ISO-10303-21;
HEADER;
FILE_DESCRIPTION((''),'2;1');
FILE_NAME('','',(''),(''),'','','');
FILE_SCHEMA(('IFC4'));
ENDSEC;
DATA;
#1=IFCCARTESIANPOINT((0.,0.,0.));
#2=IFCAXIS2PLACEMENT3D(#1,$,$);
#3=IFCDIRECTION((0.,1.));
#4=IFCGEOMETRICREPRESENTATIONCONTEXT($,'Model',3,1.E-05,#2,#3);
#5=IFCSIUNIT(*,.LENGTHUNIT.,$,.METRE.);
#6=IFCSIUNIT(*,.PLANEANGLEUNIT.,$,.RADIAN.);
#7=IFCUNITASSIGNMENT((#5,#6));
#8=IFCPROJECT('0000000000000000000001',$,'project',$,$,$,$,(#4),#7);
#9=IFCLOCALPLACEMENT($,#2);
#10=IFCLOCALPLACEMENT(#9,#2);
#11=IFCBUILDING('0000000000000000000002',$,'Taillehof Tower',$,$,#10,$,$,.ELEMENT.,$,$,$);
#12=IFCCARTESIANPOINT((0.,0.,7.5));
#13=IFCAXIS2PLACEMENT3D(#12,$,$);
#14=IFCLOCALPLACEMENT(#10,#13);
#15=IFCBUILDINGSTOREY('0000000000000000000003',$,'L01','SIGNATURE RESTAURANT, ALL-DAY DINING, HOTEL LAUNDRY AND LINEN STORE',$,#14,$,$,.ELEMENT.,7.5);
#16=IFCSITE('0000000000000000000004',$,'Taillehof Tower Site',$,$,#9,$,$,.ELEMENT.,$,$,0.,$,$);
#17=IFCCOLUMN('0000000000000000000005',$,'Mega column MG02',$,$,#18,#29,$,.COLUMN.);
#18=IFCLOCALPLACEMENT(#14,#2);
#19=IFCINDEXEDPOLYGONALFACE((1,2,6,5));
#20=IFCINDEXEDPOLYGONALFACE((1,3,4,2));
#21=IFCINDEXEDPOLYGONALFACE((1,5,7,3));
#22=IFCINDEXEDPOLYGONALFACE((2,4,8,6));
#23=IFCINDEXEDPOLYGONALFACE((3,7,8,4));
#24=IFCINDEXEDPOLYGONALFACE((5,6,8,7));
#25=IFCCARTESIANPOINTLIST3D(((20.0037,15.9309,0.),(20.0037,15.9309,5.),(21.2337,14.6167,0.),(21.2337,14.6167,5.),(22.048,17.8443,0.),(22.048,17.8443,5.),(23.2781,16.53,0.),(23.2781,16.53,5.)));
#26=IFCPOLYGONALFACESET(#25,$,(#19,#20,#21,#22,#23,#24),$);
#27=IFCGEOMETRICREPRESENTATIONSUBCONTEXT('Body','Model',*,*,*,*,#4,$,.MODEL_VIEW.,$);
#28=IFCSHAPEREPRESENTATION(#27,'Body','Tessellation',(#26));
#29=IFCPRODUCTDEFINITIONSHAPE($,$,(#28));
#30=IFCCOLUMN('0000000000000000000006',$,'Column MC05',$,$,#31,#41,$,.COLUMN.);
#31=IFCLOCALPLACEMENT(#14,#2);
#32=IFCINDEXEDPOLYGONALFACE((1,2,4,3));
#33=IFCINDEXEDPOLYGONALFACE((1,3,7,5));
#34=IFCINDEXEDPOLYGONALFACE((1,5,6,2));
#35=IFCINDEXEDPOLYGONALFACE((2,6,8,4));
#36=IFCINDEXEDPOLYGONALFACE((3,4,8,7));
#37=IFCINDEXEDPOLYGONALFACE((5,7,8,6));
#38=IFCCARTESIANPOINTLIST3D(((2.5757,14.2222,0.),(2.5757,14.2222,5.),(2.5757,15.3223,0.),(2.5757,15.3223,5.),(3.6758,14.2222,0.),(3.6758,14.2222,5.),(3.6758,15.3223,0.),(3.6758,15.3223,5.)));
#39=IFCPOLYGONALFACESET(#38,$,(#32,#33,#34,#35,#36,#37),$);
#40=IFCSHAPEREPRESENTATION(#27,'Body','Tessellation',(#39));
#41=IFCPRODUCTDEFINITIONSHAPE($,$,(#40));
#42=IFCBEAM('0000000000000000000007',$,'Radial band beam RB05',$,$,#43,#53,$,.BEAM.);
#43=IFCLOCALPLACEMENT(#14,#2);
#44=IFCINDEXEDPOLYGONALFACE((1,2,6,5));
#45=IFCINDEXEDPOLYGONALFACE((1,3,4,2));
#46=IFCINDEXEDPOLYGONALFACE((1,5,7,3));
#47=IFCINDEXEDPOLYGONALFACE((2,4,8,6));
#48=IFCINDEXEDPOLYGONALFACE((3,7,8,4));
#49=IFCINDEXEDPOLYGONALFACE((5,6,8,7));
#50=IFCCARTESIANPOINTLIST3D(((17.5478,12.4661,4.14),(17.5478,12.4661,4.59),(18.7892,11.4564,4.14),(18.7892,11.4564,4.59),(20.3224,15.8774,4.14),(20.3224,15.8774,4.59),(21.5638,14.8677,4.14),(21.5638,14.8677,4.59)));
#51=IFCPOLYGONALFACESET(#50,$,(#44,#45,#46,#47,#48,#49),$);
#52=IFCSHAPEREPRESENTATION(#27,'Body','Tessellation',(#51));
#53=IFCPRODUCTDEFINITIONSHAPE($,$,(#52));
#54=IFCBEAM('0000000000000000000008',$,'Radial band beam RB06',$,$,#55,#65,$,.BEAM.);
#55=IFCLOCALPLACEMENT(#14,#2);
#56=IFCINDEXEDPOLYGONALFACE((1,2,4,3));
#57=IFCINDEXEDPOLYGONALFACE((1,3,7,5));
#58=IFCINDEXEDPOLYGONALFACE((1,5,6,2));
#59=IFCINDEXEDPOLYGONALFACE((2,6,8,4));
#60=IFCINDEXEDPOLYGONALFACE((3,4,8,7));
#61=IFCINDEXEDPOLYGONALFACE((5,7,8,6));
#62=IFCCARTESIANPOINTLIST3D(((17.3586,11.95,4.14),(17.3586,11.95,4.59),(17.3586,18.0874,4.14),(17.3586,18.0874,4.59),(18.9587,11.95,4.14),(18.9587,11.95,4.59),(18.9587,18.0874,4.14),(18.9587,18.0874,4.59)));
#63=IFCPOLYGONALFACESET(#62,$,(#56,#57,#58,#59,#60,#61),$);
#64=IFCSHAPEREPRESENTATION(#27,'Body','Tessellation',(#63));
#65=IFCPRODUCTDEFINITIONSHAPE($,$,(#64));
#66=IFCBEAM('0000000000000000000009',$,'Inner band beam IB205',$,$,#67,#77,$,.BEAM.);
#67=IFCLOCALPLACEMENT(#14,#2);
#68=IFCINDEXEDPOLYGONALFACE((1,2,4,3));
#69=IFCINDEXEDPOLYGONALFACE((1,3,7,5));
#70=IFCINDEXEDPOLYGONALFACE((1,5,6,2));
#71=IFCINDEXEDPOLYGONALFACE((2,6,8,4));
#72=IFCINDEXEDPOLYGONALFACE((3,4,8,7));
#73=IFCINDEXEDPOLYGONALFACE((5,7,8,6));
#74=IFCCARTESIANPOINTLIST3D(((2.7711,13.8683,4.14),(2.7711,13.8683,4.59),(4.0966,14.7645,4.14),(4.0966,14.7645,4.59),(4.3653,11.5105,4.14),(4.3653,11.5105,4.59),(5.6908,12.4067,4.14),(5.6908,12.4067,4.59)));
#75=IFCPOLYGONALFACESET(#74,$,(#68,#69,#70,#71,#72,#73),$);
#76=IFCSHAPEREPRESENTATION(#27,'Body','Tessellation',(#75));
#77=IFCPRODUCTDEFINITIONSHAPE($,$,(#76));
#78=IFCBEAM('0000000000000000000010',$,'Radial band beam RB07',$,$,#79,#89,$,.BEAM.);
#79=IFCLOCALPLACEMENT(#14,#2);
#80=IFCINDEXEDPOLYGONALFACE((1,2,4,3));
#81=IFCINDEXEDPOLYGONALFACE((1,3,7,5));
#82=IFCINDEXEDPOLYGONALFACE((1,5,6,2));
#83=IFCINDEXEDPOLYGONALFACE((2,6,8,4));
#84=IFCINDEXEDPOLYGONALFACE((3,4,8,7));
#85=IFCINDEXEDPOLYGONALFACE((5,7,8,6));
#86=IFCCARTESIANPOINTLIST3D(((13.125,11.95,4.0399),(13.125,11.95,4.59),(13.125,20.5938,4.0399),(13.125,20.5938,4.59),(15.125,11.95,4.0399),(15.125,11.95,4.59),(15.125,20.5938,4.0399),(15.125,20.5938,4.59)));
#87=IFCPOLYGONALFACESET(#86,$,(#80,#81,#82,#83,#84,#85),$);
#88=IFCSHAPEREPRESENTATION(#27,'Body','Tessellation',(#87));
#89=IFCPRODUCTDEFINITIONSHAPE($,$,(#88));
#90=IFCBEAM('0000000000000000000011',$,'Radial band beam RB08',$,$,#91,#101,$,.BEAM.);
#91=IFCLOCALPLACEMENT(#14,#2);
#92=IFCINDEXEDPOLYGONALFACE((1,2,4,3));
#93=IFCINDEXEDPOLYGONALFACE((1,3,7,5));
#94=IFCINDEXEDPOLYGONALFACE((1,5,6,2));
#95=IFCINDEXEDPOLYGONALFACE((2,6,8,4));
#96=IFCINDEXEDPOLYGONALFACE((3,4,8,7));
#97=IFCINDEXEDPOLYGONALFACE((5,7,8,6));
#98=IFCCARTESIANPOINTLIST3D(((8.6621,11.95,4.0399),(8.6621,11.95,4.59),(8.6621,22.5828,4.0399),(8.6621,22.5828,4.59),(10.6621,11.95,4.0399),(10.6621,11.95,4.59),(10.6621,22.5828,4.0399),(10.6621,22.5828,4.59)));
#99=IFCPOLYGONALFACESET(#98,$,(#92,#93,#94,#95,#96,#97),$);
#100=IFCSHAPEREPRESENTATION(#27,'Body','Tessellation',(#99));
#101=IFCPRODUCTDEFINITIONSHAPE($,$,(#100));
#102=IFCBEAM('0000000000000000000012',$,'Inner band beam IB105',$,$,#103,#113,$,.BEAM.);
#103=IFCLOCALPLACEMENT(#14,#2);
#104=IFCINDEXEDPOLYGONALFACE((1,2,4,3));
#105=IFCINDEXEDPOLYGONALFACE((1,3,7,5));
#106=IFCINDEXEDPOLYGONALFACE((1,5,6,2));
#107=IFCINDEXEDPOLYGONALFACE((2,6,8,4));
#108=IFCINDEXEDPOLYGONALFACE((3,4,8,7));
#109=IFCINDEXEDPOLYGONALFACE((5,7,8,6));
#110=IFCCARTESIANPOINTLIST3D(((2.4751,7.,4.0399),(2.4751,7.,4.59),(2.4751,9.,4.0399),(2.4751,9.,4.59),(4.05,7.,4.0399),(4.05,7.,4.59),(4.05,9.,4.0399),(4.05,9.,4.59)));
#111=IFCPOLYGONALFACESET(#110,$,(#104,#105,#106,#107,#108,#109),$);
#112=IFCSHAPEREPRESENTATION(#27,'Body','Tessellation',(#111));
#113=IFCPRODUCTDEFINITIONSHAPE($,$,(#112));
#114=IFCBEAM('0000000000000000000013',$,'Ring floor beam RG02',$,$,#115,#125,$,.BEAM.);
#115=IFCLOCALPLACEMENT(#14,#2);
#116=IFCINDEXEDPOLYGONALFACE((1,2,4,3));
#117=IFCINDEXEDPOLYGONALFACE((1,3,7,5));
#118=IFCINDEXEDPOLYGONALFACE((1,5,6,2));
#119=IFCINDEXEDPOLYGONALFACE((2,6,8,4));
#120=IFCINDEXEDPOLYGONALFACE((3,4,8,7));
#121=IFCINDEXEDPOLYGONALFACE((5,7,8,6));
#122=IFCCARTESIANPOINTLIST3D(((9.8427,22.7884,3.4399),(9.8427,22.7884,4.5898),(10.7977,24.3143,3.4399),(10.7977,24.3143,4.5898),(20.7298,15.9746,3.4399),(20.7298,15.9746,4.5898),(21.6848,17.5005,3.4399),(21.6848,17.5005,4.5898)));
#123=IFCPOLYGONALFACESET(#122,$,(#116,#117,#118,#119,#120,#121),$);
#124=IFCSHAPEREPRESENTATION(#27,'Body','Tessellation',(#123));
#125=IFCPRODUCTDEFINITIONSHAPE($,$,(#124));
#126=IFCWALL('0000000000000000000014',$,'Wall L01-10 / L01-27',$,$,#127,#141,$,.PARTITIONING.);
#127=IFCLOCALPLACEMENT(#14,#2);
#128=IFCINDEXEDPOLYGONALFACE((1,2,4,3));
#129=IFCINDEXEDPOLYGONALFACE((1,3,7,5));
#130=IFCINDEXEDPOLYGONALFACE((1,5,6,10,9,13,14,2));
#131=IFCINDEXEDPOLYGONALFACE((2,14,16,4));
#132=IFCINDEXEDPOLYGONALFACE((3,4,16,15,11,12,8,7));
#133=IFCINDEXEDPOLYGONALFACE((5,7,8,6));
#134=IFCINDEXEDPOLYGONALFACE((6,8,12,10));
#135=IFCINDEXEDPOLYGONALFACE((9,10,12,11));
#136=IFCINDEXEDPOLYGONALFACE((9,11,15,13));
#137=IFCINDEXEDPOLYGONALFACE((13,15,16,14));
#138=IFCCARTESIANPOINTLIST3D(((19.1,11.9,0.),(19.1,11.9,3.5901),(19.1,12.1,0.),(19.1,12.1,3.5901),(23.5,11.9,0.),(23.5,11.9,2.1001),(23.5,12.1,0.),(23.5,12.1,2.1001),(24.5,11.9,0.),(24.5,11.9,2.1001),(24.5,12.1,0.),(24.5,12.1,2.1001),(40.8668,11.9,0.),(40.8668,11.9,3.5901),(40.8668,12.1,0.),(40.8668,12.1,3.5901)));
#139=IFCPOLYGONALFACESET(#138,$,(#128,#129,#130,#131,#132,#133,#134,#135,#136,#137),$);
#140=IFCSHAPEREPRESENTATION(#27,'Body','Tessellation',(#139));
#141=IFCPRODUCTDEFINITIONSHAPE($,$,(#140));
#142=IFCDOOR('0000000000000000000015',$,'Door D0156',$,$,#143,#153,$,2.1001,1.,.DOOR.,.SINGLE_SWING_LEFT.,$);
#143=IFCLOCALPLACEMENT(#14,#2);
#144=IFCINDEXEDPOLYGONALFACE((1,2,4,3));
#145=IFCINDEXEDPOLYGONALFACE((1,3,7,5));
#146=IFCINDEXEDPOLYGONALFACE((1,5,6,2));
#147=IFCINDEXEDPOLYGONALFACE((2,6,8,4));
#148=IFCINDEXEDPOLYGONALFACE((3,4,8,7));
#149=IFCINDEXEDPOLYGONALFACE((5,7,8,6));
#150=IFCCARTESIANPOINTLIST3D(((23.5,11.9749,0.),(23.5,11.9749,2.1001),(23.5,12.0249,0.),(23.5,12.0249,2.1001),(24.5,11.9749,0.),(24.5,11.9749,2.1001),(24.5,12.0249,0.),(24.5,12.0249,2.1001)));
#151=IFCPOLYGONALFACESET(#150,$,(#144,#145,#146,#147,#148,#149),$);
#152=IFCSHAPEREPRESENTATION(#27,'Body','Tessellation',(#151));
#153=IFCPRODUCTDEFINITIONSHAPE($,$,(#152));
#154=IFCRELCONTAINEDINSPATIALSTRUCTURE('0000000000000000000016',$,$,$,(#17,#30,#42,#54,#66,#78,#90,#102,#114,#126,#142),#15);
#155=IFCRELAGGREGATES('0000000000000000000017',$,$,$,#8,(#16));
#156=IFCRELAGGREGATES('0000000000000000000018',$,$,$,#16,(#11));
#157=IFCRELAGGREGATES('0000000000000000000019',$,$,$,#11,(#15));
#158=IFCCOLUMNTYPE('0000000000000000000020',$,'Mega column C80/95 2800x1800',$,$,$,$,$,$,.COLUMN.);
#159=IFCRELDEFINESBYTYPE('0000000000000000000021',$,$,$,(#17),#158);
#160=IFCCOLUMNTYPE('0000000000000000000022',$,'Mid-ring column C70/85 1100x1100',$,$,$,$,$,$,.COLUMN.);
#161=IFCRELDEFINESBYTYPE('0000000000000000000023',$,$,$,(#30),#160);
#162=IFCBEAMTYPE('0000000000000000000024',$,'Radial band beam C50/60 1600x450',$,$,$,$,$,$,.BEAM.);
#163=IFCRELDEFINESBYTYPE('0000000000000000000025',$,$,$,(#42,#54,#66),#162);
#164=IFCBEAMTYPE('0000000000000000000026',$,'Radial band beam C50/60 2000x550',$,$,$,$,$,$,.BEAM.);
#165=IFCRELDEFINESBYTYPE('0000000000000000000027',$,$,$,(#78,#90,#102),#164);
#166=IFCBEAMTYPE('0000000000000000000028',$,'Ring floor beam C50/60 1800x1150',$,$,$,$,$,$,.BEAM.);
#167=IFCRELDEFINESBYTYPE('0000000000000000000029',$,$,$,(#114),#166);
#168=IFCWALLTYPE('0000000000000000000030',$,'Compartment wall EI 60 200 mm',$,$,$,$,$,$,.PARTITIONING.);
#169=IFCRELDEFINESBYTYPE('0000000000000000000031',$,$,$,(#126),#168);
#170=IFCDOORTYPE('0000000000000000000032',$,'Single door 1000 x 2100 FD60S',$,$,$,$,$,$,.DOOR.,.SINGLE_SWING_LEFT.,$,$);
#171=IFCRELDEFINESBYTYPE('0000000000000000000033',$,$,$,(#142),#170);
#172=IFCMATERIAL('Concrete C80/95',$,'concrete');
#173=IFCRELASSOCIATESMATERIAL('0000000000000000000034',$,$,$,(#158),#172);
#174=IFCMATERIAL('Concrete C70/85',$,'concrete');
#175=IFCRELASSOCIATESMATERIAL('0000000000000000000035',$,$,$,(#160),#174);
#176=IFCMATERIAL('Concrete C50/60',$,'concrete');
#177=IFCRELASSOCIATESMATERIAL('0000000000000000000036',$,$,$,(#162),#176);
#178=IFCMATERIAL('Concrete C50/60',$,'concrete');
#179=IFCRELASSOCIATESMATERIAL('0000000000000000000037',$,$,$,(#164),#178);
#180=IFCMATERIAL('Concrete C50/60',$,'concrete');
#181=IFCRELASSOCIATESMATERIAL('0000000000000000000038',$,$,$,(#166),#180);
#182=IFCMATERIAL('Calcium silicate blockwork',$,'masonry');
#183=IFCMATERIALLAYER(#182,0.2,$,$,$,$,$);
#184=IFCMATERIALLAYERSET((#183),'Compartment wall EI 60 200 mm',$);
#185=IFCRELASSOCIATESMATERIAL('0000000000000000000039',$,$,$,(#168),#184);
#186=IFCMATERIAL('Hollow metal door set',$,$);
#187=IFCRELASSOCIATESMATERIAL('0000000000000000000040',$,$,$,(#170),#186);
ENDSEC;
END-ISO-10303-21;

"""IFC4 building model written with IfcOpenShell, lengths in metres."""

from ifc_helpers import new_model, si_unit, direction, frame, frame_2d, origin, origin_2d, place, context, subcontext, project, spatial, rectangle, extrude, material, layer, layer_set, material_profile, profile_set, type_object, element, fill, save


model = new_model("IFC4")

# Units and contexts
model_context = context("Model", 3, precision=1e-05, world=origin(), true_north=direction((0.0, 1.0)))
body_context = subcontext(model_context, "Body", "Model", "MODEL_VIEW")
ifc_project = project(units=[si_unit("LENGTHUNIT", "METRE"), si_unit("PLANEANGLEUNIT", "RADIAN")], contexts=[model_context])

# Site, building, storey
site_placement = place(None, origin())
site = spatial("IfcSite", under=ifc_project, at=site_placement, Name="Taillehof Tower Site", CompositionType="ELEMENT", RefElevation=0.0)
building_placement = place(site_placement, origin())
building = spatial("IfcBuilding", under=site, at=building_placement, Name="Taillehof Tower", CompositionType="ELEMENT")
storey_placement = place(building_placement, frame((0.0, 0.0, 7.5)))
storey = spatial("IfcBuildingStorey", under=building, at=storey_placement, Name="L01", Description="SIGNATURE RESTAURANT, ALL-DAY DINING, HOTEL LAUNDRY AND LINEN STORE", CompositionType="ELEMENT", Elevation=7.5)

# Columns
ifc_material_1 = material(Name="Concrete C80/95", Category="concrete")
ifc_material_profile_1 = material_profile(ifc_material_1, rectangle(XDim=2.8, YDim=1.8, at=origin_2d()), Name="RC 2800x1800")
ifc_profile_set_1 = profile_set([ifc_material_profile_1], Name="Concrete C80/95")
column_type_1 = type_object("IfcColumnType", Name="Mega column C80/95 2800x1800", PredefinedType="COLUMN", material=ifc_profile_set_1)
column_1_placement = place(storey_placement, frame((21.6409, 16.2305, 0.0), z_axis=(0.0, 0.0, 1.0), x_axis=(0.730113, 0.683326, 0.0)))
element("IfcColumn", 1, at=column_1_placement, inside=storey, type_object=column_type_1, Name="Mega column MG02", PredefinedType="COLUMN", context=body_context, shape_type="SweptSolid", body=[
    extrude(rectangle(XDim=2.8, YDim=1.8, at=origin_2d()), origin(), (0.0, 0.0, 1.0), 5.0),
])
ifc_material_2 = material(Name="Concrete C70/85", Category="concrete")
ifc_material_profile_2 = material_profile(ifc_material_2, rectangle(XDim=1.1001, YDim=1.1001, at=origin_2d()), Name="RC 1100x1100")
ifc_profile_set_2 = profile_set([ifc_material_profile_2], Name="Concrete C70/85")
column_type_2 = type_object("IfcColumnType", Name="Mid-ring column C70/85 1100x1100", PredefinedType="COLUMN", material=ifc_profile_set_2)
column_2_placement = place(storey_placement, frame((3.1257, 14.7722, 0.0), z_axis=(0.0, 0.0, 1.0), x_axis=(1.0, 0.0, 0.0)))
element("IfcColumn", 2, at=column_2_placement, inside=storey, type_object=column_type_2, Name="Column MC05", PredefinedType="COLUMN", context=body_context, shape_type="SweptSolid", body=[
    extrude(rectangle(XDim=1.1001, YDim=1.1001, at=origin_2d()), origin(), (0.0, 0.0, 1.0), 5.0),
])

# Beams
ifc_material_3 = material(Name="Concrete C50/60", Category="concrete")
ifc_material_profile_3 = material_profile(ifc_material_3, rectangle(XDim=1.6001, YDim=0.45, at=origin_2d()), Name="RC 1600x450")
ifc_profile_set_3 = profile_set([ifc_material_profile_3], Name="Concrete C50/60")
beam_type_1 = type_object("IfcBeamType", Name="Radial band beam C50/60 1600x450", PredefinedType="BEAM", material=ifc_profile_set_3)
beam_1_placement = place(storey_placement, frame((20.9431, 15.3726, 4.365), z_axis=(-0.630992, -0.77579, 0.0), x_axis=(0.77579, -0.630992, 0.0)))
element("IfcBeam", 3, at=beam_1_placement, inside=storey, type_object=beam_type_1, Name="Radial band beam RB05", PredefinedType="BEAM", context=body_context, shape_type="SweptSolid", body=[
    extrude(rectangle(XDim=1.6001, YDim=0.45, at=origin_2d()), origin(), (0.0, 0.0, 1.0), 4.3972),
])
beam_2_placement = place(storey_placement, frame((18.1587, 18.0874, 4.365), z_axis=(0.0, -1.0, 0.0), x_axis=(1.0, 0.0, 0.0)))
element("IfcBeam", 4, at=beam_2_placement, inside=storey, type_object=beam_type_1, Name="Radial band beam RB06", PredefinedType="BEAM", context=body_context, shape_type="SweptSolid", body=[
    extrude(rectangle(XDim=1.6001, YDim=0.45, at=origin_2d()), origin(), (0.0, 0.0, 1.0), 6.1375),
])
beam_3_placement = place(storey_placement, frame((3.4338, 14.3164, 4.365), z_axis=(0.560112, -0.828417, 0.0), x_axis=(0.828417, 0.560112, 0.0)))
element("IfcBeam", 5, at=beam_3_placement, inside=storey, type_object=beam_type_1, Name="Inner band beam IB205", PredefinedType="BEAM", context=body_context, shape_type="SweptSolid", body=[
    extrude(rectangle(XDim=1.6001, YDim=0.45, at=origin_2d()), origin(), (0.0, 0.0, 1.0), 2.8462),
])
ifc_material_4 = material(Name="Concrete C50/60", Category="concrete")
ifc_material_profile_4 = material_profile(ifc_material_4, rectangle(XDim=2.0, YDim=0.55, at=origin_2d()), Name="RC 2000x550")
ifc_profile_set_4 = profile_set([ifc_material_profile_4], Name="Concrete C50/60")
beam_type_2 = type_object("IfcBeamType", Name="Radial band beam C50/60 2000x550", PredefinedType="BEAM", material=ifc_profile_set_4)
beam_4_placement = place(storey_placement, frame((14.125, 20.5938, 4.3149), z_axis=(0.0, -1.0, 0.0), x_axis=(1.0, 0.0, 0.0)))
element("IfcBeam", 6, at=beam_4_placement, inside=storey, type_object=beam_type_2, Name="Radial band beam RB07", PredefinedType="BEAM", context=body_context, shape_type="SweptSolid", body=[
    extrude(rectangle(XDim=2.0, YDim=0.55, at=origin_2d()), origin(), (0.0, 0.0, 1.0), 8.6438),
])
beam_5_placement = place(storey_placement, frame((9.6621, 22.5828, 4.3149), z_axis=(0.0, -1.0, 0.0), x_axis=(1.0, 0.0, 0.0)))
element("IfcBeam", 7, at=beam_5_placement, inside=storey, type_object=beam_type_2, Name="Radial band beam RB08", PredefinedType="BEAM", context=body_context, shape_type="SweptSolid", body=[
    extrude(rectangle(XDim=2.0, YDim=0.55, at=origin_2d()), origin(), (0.0, 0.0, 1.0), 10.6328),
])
beam_6_placement = place(storey_placement, frame((2.4751, 8.0, 4.3149), z_axis=(1.0, 0.0, 0.0), x_axis=(0.0, 1.0, 0.0)))
element("IfcBeam", 8, at=beam_6_placement, inside=storey, type_object=beam_type_2, Name="Inner band beam IB105", PredefinedType="BEAM", context=body_context, shape_type="SweptSolid", body=[
    extrude(rectangle(XDim=2.0, YDim=0.55, at=origin_2d()), origin(), (0.0, 0.0, 1.0), 1.575),
])
ifc_material_5 = material(Name="Concrete C50/60", Category="concrete")
ifc_material_profile_5 = material_profile(ifc_material_5, rectangle(XDim=1.8, YDim=1.1499, at=origin_2d()), Name="RC 1800x1150")
ifc_profile_set_5 = profile_set([ifc_material_profile_5], Name="Concrete C50/60")
beam_type_3 = type_object("IfcBeamType", Name="Ring floor beam C50/60 1800x1150", PredefinedType="BEAM", material=ifc_profile_set_5)
beam_7_placement = place(storey_placement, frame((21.2073, 16.7375, 4.0149), z_axis=(-0.84767, 0.530523, 0.0), x_axis=(-0.530523, -0.84767, 0.0)))
element("IfcBeam", 9, at=beam_7_placement, inside=storey, type_object=beam_type_3, Name="Ring floor beam RG02", PredefinedType="BEAM", context=body_context, shape_type="SweptSolid", body=[
    extrude(rectangle(XDim=1.8, YDim=1.1499, at=origin_2d()), origin(), (0.0, 0.0, 1.0), 12.8435),
])

# Wall, opening, door
ifc_material_6 = material(Name="Calcium silicate blockwork", Category="masonry")
ifc_layer_1 = layer(ifc_material_6, 0.2)
ifc_layer_set_1 = layer_set([ifc_layer_1], Name="Compartment wall EI 60 200 mm")
wall_type_1 = type_object("IfcWallType", Name="Compartment wall EI 60 200 mm", PredefinedType="PARTITIONING", material=ifc_layer_set_1)
wall_1_placement = place(storey_placement, frame((19.1001, 12.0, 0.0), z_axis=(0.0, 0.0, 1.0), x_axis=(1.0, 0.0, 0.0)))
wall_1 = element("IfcWall", 10, at=wall_1_placement, inside=storey, type_object=wall_type_1, Name="Wall L01-10 / L01-27", PredefinedType="PARTITIONING", context=body_context, shape_type="SweptSolid", body=[
    extrude(rectangle(XDim=21.7668, YDim=0.2, at=frame_2d((10.8833, 0.0))), origin(), (0.0, 0.0, 1.0), 3.5901),
])
opening_1_placement = place(wall_1_placement, frame((4.3999, 0.0, 0.0)))
opening_1 = element("IfcOpeningElement", 11, at=opening_1_placement, cuts=wall_1, PredefinedType="OPENING", context=body_context, shape_type="SweptSolid", body=[
    extrude(rectangle(XDim=1.0, YDim=2.1001, at=frame_2d((0.5, 1.05))), frame((0.0, 0.1099, 0.0), z_axis=(0.0, -1.0, 0.0), x_axis=(1.0, 0.0, 0.0)), (0.0, 0.0, 1.0), 0.22),
])
ifc_material_7 = material(Name="Hollow metal door set")
door_type_1 = type_object("IfcDoorType", Name="Single door 1000 x 2100 FD60S", OperationType="SINGLE_SWING_LEFT", PredefinedType="DOOR", material=ifc_material_7)
door_1_placement = place(opening_1_placement, origin())
door_1 = element("IfcDoor", 12, at=door_1_placement, inside=storey, type_object=door_type_1, Name="Door D0156", OperationType="SINGLE_SWING_LEFT", OverallHeight=2.1001, OverallWidth=1.0, PredefinedType="DOOR", context=body_context, shape_type="SweptSolid", body=[
    extrude(rectangle(XDim=1.0, YDim=2.1001, at=frame_2d((0.5, 1.05))), frame((0.0, 0.0249, 0.0), z_axis=(0.0, -1.0, 0.0), x_axis=(1.0, 0.0, 0.0)), (0.0, 0.0, 1.0), 0.05),
])
fill(opening_1, door_1)

save(model, "model.ifc")
